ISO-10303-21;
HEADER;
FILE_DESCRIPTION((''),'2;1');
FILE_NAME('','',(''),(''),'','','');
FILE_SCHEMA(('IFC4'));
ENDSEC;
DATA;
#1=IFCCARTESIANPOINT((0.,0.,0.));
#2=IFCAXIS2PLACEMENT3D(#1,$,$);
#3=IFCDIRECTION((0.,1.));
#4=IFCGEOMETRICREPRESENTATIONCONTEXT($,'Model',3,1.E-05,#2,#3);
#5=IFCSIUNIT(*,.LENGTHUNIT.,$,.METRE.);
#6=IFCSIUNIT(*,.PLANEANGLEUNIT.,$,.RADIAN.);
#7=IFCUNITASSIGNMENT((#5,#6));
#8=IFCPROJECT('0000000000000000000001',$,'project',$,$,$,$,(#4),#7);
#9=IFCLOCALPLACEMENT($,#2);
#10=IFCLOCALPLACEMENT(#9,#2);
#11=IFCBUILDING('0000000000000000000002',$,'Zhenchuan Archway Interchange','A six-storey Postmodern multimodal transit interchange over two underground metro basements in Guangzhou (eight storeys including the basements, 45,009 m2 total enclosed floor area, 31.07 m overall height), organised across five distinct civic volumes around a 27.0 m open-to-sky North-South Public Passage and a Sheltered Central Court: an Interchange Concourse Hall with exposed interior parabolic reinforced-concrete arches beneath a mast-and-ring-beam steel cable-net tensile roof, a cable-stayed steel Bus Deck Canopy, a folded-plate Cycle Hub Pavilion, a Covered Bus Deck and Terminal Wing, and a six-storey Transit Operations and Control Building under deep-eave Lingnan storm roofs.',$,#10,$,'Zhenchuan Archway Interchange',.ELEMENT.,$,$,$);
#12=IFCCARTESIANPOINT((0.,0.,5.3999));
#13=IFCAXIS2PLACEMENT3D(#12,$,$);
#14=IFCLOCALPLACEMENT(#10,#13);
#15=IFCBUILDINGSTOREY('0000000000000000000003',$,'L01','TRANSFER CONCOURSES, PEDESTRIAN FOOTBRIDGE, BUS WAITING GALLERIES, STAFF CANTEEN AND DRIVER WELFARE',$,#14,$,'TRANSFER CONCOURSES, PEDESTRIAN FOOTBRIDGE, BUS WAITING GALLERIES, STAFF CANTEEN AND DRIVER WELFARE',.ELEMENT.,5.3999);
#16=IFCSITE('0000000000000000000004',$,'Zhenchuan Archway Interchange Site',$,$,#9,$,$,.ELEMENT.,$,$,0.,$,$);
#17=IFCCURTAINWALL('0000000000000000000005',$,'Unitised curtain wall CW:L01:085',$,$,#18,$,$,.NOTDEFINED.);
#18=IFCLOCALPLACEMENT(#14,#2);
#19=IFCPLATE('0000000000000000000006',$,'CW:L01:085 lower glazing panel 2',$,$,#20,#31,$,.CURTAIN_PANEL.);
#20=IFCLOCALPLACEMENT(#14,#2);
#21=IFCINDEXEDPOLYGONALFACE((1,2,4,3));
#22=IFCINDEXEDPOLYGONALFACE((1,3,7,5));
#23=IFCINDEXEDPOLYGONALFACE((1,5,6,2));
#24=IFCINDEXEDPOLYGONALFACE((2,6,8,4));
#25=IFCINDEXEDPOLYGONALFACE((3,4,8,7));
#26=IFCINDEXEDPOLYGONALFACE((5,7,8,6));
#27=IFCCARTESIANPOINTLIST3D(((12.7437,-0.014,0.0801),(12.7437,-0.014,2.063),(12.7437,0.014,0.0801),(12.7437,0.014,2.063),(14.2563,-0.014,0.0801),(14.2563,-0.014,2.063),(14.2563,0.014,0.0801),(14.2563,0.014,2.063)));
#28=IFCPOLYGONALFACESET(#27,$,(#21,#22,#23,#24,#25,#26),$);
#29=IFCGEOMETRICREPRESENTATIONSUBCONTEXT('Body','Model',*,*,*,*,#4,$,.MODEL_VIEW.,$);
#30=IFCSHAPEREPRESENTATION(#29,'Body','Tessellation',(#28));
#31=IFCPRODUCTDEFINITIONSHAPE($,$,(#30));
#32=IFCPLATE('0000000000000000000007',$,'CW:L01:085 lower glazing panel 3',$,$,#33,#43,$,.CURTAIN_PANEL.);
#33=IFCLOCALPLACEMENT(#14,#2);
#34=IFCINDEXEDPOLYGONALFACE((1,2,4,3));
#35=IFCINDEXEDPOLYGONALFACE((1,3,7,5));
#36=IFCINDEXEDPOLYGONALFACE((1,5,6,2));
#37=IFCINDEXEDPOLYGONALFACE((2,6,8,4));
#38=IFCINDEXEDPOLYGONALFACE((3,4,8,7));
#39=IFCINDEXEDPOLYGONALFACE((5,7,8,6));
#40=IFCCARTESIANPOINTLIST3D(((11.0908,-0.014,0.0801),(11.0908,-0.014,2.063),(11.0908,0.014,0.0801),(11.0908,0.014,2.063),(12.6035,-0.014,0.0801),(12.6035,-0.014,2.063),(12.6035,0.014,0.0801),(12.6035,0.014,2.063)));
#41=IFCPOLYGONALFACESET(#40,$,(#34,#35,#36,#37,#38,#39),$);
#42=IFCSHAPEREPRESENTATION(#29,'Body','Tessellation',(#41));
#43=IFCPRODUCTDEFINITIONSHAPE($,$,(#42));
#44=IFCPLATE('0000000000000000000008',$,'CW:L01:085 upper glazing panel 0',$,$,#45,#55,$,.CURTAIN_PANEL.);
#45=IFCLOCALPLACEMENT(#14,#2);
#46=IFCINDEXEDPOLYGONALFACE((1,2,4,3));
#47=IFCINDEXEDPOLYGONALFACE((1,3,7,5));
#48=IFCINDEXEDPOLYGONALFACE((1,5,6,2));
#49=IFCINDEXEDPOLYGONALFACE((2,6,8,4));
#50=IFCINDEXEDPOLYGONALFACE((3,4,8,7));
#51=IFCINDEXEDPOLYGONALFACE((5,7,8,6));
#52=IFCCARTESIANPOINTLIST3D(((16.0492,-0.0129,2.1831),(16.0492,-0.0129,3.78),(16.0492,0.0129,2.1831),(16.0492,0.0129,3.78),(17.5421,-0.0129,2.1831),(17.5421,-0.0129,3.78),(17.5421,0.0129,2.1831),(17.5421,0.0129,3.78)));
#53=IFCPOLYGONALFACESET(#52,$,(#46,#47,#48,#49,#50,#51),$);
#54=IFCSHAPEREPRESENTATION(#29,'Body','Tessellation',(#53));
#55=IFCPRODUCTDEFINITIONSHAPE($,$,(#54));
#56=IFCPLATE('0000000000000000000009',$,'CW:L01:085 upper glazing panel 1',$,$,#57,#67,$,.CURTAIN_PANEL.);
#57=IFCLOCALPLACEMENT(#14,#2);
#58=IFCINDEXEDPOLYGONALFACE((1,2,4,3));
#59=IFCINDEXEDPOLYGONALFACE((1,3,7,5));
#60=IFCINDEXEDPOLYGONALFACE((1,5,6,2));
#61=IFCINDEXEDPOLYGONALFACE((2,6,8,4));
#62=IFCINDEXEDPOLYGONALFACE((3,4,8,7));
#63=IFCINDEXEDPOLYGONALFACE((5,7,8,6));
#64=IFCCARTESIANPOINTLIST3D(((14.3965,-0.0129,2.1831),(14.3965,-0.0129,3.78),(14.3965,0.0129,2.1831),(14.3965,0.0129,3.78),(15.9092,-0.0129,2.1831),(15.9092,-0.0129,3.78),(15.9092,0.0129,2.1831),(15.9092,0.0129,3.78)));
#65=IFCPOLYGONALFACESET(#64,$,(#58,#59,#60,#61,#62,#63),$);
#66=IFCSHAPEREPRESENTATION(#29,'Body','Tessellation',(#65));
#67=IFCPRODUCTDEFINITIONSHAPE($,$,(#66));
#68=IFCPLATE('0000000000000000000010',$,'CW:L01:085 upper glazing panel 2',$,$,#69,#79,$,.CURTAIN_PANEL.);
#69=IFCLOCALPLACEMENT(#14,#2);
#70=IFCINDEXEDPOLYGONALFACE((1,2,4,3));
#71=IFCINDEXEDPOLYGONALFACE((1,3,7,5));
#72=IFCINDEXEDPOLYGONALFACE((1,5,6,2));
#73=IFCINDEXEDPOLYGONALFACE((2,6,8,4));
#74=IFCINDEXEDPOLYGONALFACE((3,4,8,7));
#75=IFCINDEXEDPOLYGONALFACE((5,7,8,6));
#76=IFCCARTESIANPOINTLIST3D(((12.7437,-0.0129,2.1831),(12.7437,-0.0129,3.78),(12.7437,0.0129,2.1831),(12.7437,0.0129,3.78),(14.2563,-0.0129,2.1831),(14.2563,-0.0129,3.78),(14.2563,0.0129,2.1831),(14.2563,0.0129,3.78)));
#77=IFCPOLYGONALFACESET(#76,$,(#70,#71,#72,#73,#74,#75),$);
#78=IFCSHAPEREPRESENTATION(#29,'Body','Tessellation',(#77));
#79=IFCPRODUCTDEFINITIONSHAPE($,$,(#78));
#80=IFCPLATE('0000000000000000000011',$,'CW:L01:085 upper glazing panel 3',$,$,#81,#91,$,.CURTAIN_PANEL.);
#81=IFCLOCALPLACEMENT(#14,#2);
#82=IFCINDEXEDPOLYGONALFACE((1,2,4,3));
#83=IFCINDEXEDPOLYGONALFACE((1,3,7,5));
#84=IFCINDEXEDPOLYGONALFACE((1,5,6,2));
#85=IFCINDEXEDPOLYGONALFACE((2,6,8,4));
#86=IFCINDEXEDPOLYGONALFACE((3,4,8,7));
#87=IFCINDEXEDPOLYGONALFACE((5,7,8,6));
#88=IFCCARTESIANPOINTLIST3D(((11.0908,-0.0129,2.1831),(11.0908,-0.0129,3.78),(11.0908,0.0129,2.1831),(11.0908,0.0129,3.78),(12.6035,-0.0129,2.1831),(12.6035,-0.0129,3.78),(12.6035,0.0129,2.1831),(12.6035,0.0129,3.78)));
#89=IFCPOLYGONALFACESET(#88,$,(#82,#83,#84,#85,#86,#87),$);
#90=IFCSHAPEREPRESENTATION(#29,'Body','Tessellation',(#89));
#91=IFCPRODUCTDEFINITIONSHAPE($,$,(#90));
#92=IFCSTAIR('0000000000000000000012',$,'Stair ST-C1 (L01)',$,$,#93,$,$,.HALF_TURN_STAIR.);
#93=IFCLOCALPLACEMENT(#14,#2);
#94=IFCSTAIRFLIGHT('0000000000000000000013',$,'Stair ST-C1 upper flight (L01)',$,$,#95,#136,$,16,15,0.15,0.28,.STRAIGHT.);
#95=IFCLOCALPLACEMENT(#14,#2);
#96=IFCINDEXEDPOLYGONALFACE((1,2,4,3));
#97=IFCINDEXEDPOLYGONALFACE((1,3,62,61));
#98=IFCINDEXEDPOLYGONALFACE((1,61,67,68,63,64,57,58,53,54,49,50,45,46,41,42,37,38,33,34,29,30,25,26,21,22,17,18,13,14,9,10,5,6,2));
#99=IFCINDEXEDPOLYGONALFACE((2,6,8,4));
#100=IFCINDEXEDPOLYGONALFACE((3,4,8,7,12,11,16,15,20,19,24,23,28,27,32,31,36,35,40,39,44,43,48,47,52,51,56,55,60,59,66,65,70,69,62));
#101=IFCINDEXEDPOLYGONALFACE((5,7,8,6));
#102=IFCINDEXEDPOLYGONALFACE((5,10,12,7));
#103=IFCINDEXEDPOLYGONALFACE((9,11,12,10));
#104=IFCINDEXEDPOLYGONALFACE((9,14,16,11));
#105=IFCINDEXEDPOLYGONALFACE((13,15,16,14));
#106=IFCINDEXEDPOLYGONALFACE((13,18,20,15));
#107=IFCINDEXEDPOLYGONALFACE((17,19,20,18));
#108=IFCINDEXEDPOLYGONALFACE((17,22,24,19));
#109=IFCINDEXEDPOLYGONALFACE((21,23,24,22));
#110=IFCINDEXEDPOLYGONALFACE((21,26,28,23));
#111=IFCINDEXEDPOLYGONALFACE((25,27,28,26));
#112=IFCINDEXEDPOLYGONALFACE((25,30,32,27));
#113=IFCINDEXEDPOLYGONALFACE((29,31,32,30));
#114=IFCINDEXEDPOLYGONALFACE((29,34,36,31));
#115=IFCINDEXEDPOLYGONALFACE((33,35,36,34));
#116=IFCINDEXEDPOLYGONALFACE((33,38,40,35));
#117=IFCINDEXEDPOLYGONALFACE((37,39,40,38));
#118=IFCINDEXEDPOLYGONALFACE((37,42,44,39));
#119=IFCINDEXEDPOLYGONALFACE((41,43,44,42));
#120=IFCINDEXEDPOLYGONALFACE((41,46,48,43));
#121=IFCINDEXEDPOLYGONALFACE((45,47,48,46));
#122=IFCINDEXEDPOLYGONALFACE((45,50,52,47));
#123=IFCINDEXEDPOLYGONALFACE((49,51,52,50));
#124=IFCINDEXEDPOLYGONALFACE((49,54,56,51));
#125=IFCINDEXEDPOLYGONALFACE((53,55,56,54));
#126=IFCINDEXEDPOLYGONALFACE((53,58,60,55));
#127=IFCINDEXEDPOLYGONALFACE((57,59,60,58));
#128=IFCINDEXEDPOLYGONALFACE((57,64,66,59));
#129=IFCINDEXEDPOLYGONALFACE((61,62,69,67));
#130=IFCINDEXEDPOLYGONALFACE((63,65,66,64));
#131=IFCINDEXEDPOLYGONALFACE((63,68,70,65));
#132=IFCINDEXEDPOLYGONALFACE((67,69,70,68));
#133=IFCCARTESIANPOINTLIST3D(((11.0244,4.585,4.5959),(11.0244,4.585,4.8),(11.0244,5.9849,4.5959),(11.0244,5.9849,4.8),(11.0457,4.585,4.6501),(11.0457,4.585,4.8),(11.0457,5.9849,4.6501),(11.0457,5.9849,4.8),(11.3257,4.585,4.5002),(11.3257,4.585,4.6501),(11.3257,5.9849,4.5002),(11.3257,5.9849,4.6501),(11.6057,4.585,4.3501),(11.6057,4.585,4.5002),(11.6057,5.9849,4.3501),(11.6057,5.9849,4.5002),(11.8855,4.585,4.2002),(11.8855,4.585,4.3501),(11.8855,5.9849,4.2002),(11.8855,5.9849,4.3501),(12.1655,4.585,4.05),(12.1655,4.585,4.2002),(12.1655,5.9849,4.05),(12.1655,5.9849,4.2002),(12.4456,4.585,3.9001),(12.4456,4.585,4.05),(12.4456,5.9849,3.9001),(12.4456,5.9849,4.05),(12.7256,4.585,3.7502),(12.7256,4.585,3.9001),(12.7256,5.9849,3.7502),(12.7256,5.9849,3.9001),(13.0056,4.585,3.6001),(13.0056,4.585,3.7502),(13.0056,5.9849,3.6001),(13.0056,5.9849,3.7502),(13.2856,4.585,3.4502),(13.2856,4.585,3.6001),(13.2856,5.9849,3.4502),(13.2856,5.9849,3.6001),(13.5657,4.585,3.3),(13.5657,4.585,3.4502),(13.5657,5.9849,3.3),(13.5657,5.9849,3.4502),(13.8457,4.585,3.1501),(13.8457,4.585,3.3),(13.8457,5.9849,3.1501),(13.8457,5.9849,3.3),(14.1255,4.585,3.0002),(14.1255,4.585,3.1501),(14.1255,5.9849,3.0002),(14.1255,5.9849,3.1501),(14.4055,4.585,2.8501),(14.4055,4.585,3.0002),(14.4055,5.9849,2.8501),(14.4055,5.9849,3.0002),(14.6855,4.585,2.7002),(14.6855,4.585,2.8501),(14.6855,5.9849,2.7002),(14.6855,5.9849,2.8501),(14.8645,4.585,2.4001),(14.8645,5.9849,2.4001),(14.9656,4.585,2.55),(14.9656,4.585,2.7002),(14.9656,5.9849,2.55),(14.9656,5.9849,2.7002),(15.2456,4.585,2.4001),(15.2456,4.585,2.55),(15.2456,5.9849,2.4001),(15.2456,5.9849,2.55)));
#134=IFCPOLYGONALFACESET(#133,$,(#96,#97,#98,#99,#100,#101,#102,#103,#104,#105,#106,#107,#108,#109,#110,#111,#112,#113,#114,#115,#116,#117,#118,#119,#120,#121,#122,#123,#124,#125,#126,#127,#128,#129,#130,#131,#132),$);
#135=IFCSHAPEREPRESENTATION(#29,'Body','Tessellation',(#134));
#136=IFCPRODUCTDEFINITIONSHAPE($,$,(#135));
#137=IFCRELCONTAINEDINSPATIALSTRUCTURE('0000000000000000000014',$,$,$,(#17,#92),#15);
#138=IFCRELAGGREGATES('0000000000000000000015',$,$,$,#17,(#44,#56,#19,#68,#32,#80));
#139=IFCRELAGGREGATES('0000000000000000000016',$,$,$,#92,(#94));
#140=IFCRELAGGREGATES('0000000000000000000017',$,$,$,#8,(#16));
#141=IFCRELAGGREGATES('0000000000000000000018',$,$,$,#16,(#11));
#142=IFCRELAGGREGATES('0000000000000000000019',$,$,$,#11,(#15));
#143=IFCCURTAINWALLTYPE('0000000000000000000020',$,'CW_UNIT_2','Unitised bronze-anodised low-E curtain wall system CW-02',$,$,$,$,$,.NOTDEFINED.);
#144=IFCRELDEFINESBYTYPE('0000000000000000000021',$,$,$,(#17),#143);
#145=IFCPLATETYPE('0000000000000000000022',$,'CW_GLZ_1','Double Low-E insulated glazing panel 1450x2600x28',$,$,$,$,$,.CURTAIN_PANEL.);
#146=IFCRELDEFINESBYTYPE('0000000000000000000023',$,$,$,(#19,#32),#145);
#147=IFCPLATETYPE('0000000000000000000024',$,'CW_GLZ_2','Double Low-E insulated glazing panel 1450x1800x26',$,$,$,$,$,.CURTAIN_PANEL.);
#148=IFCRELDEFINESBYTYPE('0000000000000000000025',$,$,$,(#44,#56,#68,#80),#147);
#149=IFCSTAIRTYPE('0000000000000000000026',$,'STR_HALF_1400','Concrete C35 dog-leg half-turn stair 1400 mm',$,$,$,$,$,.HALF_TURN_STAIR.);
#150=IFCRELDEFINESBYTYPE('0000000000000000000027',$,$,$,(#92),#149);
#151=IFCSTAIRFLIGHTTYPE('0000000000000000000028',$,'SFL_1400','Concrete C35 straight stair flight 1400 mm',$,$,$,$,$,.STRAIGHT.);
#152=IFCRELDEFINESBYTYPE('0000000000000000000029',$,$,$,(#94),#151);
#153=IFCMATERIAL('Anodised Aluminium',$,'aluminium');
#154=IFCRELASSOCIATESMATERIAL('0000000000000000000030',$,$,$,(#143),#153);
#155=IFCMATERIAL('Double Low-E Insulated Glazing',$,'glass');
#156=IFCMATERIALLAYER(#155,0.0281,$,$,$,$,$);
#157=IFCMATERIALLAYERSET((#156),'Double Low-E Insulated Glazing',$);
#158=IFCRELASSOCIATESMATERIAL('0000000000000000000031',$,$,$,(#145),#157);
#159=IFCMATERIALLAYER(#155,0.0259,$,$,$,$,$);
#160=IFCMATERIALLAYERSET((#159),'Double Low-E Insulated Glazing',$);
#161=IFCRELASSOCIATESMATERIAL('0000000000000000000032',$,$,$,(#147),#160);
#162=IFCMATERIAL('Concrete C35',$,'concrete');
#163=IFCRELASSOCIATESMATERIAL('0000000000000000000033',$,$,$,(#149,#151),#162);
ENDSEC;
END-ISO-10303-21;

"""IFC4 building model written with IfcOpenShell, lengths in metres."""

from ifc_helpers import new_model, si_unit, direction, frame, origin, origin_2d, place, context, subcontext, project, spatial, polyline, rectangle, outline, extrude, material, layer, layer_set, type_object, element, aggregate, save


model = new_model("IFC4")

# Units and contexts
model_context = context("Model", 3, precision=1e-05, world=origin(), true_north=direction((0.0, 1.0)))
body_context = subcontext(model_context, "Body", "Model", "MODEL_VIEW")
ifc_project = project(units=[si_unit("LENGTHUNIT", "METRE"), si_unit("PLANEANGLEUNIT", "RADIAN")], contexts=[model_context])

# Site, building, storey
site_placement = place(None, origin())
site = spatial("IfcSite", under=ifc_project, at=site_placement, Name="Zhenchuan Archway Interchange Site", CompositionType="ELEMENT", RefElevation=0.0)
building_placement = place(site_placement, origin())
building = spatial("IfcBuilding", under=site, at=building_placement, Name="Zhenchuan Archway Interchange", Description="A six-storey Postmodern multimodal transit interchange over two underground metro basements in Guangzhou (eight storeys including the basements, 45,009 m2 total enclosed floor area, 31.07 m overall height), organised across five distinct civic volumes around a 27.0 m open-to-sky North-South Public Passage and a Sheltered Central Court: an Interchange Concourse Hall with exposed interior parabolic reinforced-concrete arches beneath a mast-and-ring-beam steel cable-net tensile roof, a cable-stayed steel Bus Deck Canopy, a folded-plate Cycle Hub Pavilion, a Covered Bus Deck and Terminal Wing, and a six-storey Transit Operations and Control Building under deep-eave Lingnan storm roofs.", LongName="Zhenchuan Archway Interchange", CompositionType="ELEMENT")
storey_placement = place(building_placement, frame((0.0, 0.0, 5.3999)))
storey = spatial("IfcBuildingStorey", under=building, at=storey_placement, Name="L01", Description="TRANSFER CONCOURSES, PEDESTRIAN FOOTBRIDGE, BUS WAITING GALLERIES, STAFF CANTEEN AND DRIVER WELFARE", LongName="TRANSFER CONCOURSES, PEDESTRIAN FOOTBRIDGE, BUS WAITING GALLERIES, STAFF CANTEEN AND DRIVER WELFARE", CompositionType="ELEMENT", Elevation=5.3999)

# Curtain wall
ifc_material_1 = material(Name="Anodised Aluminium", Category="aluminium")
curtain_wall_type = type_object("IfcCurtainWallType", Name="CW_UNIT_2", Description="Unitised bronze-anodised low-E curtain wall system CW-02", PredefinedType="NOTDEFINED", material=ifc_material_1)
curtain_wall_placement = place(storey_placement, origin())
curtain_wall = element("IfcCurtainWall", 1, at=curtain_wall_placement, inside=storey, type_object=curtain_wall_type, Name="Unitised curtain wall CW:L01:085", PredefinedType="NOTDEFINED")

# Plates
ifc_material_2 = material(Name="Double Low-E Insulated Glazing", Category="glass")
ifc_layer_1 = layer(ifc_material_2, 0.0281)
ifc_layer_set_1 = layer_set([ifc_layer_1], Name="Double Low-E Insulated Glazing")
plate_type_1 = type_object("IfcPlateType", Name="CW_GLZ_1", Description="Double Low-E insulated glazing panel 1450x2600x28", PredefinedType="CURTAIN_PANEL", material=ifc_layer_set_1)
plate_1_placement = place(storey_placement, frame((13.5, 0.0, 0.0801), z_axis=(0.0, 0.0, 1.0), x_axis=(-1.0, 0.0, 0.0)))
plate_1 = element("IfcPlate", 2, at=plate_1_placement, type_object=plate_type_1, Name="CW:L01:085 lower glazing panel 2", PredefinedType="CURTAIN_PANEL", context=body_context, shape_type="SweptSolid", body=[
    extrude(rectangle(XDim=1.5127, YDim=0.0281, at=origin_2d()), origin(), (0.0, 0.0, 1.0), 1.9829),
])
plate_2_placement = place(storey_placement, frame((11.8472, 0.0, 0.0801), z_axis=(0.0, 0.0, 1.0), x_axis=(-1.0, 0.0, 0.0)))
plate_2 = element("IfcPlate", 3, at=plate_2_placement, type_object=plate_type_1, Name="CW:L01:085 lower glazing panel 3", PredefinedType="CURTAIN_PANEL", context=body_context, shape_type="SweptSolid", body=[
    extrude(rectangle(XDim=1.5127, YDim=0.0281, at=origin_2d()), origin(), (0.0, 0.0, 1.0), 1.9829),
])
ifc_layer_2 = layer(ifc_material_2, 0.0259)
ifc_layer_set_2 = layer_set([ifc_layer_2], Name="Double Low-E Insulated Glazing")
plate_type_2 = type_object("IfcPlateType", Name="CW_GLZ_2", Description="Double Low-E insulated glazing panel 1450x1800x26", PredefinedType="CURTAIN_PANEL", material=ifc_layer_set_2)
plate_3_placement = place(storey_placement, frame((16.7957, 0.0, 2.1831), z_axis=(0.0, 0.0, 1.0), x_axis=(-1.0, 0.0, 0.0)))
plate_3 = element("IfcPlate", 4, at=plate_3_placement, type_object=plate_type_2, Name="CW:L01:085 upper glazing panel 0", PredefinedType="CURTAIN_PANEL", context=body_context, shape_type="SweptSolid", body=[
    extrude(rectangle(XDim=1.4929, YDim=0.0259, at=origin_2d()), origin(), (0.0, 0.0, 1.0), 1.5969),
])
plate_4_placement = place(storey_placement, frame((15.1528, 0.0, 2.1831), z_axis=(0.0, 0.0, 1.0), x_axis=(-1.0, 0.0, 0.0)))
plate_4 = element("IfcPlate", 5, at=plate_4_placement, type_object=plate_type_2, Name="CW:L01:085 upper glazing panel 1", PredefinedType="CURTAIN_PANEL", context=body_context, shape_type="SweptSolid", body=[
    extrude(rectangle(XDim=1.5127, YDim=0.0259, at=origin_2d()), origin(), (0.0, 0.0, 1.0), 1.5969),
])
plate_5_placement = place(storey_placement, frame((13.5, 0.0, 2.1831), z_axis=(0.0, 0.0, 1.0), x_axis=(-1.0, 0.0, 0.0)))
plate_5 = element("IfcPlate", 6, at=plate_5_placement, type_object=plate_type_2, Name="CW:L01:085 upper glazing panel 2", PredefinedType="CURTAIN_PANEL", context=body_context, shape_type="SweptSolid", body=[
    extrude(rectangle(XDim=1.5127, YDim=0.0259, at=origin_2d()), origin(), (0.0, 0.0, 1.0), 1.5969),
])
plate_6_placement = place(storey_placement, frame((11.8472, 0.0, 2.1831), z_axis=(0.0, 0.0, 1.0), x_axis=(-1.0, 0.0, 0.0)))
plate_6 = element("IfcPlate", 7, at=plate_6_placement, type_object=plate_type_2, Name="CW:L01:085 upper glazing panel 3", PredefinedType="CURTAIN_PANEL", context=body_context, shape_type="SweptSolid", body=[
    extrude(rectangle(XDim=1.5127, YDim=0.0259, at=origin_2d()), origin(), (0.0, 0.0, 1.0), 1.5969),
])
aggregate(curtain_wall, [plate_3, plate_4, plate_1, plate_5, plate_2, plate_6])

# Stair, stair flight
ifc_material_3 = material(Name="Concrete C35", Category="concrete")
stair_type = type_object("IfcStairType", Name="STR_HALF_1400", Description="Concrete C35 dog-leg half-turn stair 1400 mm", PredefinedType="HALF_TURN_STAIR", material=ifc_material_3)
stair_placement = place(storey_placement, origin())
stair = element("IfcStair", 8, at=stair_placement, inside=storey, type_object=stair_type, Name="Stair ST-C1 (L01)", PredefinedType="HALF_TURN_STAIR")
stair_flight_type = type_object("IfcStairFlightType", Name="SFL_1400", Description="Concrete C35 straight stair flight 1400 mm", PredefinedType="STRAIGHT", material=ifc_material_3)
stair_flight_placement = place(storey_placement, frame((15.2456, 5.2849, 2.4001), z_axis=(0.0, 0.0, 1.0), x_axis=(-1.0, 0.0, 0.0)))
stair_flight = element("IfcStairFlight", 9, at=stair_flight_placement, type_object=stair_flight_type, Name="Stair ST-C1 upper flight (L01)", NumberOfRisers=16, NumberOfTreads=15, PredefinedType="STRAIGHT", RiserHeight=0.15, TreadLength=0.28, context=body_context, shape_type="SweptSolid", body=[
    extrude(outline(polyline([(0.0, 0.0), (0.0, 0.1499), (0.28, 0.1499), (0.28, 0.3), (0.5601, 0.3), (0.5601, 0.45), (0.8401, 0.45), (0.8401, 0.6001), (1.1201, 0.6001), (1.1201, 0.75), (1.3999, 0.75), (1.3999, 0.8999), (1.6799, 0.8999), (1.6799, 1.05), (1.96, 1.05), (1.96, 1.2), (2.24, 1.2), (2.24, 1.3501), (2.52, 1.3501), (2.52, 1.5), (2.8, 1.5), (2.8, 1.6499), (3.0801, 1.6499), (3.0801, 1.8), (3.3601, 1.8), (3.3601, 1.95), (3.6399, 1.95), (3.6399, 2.1001), (3.9199, 2.1001), (3.9199, 2.25), (4.2, 2.25), (4.2, 2.3999), (4.2212, 2.3999), (4.2212, 2.1958), (0.3811, 0.0), (0.0, 0.0)])), frame((0.0, 0.7, 0.0), z_axis=(0.0, -1.0, 0.0), x_axis=(1.0, 0.0, 0.0)), (0.0, 0.0, 1.0), 1.3999),
])
aggregate(stair, [stair_flight])

save(model, "model.ifc")
